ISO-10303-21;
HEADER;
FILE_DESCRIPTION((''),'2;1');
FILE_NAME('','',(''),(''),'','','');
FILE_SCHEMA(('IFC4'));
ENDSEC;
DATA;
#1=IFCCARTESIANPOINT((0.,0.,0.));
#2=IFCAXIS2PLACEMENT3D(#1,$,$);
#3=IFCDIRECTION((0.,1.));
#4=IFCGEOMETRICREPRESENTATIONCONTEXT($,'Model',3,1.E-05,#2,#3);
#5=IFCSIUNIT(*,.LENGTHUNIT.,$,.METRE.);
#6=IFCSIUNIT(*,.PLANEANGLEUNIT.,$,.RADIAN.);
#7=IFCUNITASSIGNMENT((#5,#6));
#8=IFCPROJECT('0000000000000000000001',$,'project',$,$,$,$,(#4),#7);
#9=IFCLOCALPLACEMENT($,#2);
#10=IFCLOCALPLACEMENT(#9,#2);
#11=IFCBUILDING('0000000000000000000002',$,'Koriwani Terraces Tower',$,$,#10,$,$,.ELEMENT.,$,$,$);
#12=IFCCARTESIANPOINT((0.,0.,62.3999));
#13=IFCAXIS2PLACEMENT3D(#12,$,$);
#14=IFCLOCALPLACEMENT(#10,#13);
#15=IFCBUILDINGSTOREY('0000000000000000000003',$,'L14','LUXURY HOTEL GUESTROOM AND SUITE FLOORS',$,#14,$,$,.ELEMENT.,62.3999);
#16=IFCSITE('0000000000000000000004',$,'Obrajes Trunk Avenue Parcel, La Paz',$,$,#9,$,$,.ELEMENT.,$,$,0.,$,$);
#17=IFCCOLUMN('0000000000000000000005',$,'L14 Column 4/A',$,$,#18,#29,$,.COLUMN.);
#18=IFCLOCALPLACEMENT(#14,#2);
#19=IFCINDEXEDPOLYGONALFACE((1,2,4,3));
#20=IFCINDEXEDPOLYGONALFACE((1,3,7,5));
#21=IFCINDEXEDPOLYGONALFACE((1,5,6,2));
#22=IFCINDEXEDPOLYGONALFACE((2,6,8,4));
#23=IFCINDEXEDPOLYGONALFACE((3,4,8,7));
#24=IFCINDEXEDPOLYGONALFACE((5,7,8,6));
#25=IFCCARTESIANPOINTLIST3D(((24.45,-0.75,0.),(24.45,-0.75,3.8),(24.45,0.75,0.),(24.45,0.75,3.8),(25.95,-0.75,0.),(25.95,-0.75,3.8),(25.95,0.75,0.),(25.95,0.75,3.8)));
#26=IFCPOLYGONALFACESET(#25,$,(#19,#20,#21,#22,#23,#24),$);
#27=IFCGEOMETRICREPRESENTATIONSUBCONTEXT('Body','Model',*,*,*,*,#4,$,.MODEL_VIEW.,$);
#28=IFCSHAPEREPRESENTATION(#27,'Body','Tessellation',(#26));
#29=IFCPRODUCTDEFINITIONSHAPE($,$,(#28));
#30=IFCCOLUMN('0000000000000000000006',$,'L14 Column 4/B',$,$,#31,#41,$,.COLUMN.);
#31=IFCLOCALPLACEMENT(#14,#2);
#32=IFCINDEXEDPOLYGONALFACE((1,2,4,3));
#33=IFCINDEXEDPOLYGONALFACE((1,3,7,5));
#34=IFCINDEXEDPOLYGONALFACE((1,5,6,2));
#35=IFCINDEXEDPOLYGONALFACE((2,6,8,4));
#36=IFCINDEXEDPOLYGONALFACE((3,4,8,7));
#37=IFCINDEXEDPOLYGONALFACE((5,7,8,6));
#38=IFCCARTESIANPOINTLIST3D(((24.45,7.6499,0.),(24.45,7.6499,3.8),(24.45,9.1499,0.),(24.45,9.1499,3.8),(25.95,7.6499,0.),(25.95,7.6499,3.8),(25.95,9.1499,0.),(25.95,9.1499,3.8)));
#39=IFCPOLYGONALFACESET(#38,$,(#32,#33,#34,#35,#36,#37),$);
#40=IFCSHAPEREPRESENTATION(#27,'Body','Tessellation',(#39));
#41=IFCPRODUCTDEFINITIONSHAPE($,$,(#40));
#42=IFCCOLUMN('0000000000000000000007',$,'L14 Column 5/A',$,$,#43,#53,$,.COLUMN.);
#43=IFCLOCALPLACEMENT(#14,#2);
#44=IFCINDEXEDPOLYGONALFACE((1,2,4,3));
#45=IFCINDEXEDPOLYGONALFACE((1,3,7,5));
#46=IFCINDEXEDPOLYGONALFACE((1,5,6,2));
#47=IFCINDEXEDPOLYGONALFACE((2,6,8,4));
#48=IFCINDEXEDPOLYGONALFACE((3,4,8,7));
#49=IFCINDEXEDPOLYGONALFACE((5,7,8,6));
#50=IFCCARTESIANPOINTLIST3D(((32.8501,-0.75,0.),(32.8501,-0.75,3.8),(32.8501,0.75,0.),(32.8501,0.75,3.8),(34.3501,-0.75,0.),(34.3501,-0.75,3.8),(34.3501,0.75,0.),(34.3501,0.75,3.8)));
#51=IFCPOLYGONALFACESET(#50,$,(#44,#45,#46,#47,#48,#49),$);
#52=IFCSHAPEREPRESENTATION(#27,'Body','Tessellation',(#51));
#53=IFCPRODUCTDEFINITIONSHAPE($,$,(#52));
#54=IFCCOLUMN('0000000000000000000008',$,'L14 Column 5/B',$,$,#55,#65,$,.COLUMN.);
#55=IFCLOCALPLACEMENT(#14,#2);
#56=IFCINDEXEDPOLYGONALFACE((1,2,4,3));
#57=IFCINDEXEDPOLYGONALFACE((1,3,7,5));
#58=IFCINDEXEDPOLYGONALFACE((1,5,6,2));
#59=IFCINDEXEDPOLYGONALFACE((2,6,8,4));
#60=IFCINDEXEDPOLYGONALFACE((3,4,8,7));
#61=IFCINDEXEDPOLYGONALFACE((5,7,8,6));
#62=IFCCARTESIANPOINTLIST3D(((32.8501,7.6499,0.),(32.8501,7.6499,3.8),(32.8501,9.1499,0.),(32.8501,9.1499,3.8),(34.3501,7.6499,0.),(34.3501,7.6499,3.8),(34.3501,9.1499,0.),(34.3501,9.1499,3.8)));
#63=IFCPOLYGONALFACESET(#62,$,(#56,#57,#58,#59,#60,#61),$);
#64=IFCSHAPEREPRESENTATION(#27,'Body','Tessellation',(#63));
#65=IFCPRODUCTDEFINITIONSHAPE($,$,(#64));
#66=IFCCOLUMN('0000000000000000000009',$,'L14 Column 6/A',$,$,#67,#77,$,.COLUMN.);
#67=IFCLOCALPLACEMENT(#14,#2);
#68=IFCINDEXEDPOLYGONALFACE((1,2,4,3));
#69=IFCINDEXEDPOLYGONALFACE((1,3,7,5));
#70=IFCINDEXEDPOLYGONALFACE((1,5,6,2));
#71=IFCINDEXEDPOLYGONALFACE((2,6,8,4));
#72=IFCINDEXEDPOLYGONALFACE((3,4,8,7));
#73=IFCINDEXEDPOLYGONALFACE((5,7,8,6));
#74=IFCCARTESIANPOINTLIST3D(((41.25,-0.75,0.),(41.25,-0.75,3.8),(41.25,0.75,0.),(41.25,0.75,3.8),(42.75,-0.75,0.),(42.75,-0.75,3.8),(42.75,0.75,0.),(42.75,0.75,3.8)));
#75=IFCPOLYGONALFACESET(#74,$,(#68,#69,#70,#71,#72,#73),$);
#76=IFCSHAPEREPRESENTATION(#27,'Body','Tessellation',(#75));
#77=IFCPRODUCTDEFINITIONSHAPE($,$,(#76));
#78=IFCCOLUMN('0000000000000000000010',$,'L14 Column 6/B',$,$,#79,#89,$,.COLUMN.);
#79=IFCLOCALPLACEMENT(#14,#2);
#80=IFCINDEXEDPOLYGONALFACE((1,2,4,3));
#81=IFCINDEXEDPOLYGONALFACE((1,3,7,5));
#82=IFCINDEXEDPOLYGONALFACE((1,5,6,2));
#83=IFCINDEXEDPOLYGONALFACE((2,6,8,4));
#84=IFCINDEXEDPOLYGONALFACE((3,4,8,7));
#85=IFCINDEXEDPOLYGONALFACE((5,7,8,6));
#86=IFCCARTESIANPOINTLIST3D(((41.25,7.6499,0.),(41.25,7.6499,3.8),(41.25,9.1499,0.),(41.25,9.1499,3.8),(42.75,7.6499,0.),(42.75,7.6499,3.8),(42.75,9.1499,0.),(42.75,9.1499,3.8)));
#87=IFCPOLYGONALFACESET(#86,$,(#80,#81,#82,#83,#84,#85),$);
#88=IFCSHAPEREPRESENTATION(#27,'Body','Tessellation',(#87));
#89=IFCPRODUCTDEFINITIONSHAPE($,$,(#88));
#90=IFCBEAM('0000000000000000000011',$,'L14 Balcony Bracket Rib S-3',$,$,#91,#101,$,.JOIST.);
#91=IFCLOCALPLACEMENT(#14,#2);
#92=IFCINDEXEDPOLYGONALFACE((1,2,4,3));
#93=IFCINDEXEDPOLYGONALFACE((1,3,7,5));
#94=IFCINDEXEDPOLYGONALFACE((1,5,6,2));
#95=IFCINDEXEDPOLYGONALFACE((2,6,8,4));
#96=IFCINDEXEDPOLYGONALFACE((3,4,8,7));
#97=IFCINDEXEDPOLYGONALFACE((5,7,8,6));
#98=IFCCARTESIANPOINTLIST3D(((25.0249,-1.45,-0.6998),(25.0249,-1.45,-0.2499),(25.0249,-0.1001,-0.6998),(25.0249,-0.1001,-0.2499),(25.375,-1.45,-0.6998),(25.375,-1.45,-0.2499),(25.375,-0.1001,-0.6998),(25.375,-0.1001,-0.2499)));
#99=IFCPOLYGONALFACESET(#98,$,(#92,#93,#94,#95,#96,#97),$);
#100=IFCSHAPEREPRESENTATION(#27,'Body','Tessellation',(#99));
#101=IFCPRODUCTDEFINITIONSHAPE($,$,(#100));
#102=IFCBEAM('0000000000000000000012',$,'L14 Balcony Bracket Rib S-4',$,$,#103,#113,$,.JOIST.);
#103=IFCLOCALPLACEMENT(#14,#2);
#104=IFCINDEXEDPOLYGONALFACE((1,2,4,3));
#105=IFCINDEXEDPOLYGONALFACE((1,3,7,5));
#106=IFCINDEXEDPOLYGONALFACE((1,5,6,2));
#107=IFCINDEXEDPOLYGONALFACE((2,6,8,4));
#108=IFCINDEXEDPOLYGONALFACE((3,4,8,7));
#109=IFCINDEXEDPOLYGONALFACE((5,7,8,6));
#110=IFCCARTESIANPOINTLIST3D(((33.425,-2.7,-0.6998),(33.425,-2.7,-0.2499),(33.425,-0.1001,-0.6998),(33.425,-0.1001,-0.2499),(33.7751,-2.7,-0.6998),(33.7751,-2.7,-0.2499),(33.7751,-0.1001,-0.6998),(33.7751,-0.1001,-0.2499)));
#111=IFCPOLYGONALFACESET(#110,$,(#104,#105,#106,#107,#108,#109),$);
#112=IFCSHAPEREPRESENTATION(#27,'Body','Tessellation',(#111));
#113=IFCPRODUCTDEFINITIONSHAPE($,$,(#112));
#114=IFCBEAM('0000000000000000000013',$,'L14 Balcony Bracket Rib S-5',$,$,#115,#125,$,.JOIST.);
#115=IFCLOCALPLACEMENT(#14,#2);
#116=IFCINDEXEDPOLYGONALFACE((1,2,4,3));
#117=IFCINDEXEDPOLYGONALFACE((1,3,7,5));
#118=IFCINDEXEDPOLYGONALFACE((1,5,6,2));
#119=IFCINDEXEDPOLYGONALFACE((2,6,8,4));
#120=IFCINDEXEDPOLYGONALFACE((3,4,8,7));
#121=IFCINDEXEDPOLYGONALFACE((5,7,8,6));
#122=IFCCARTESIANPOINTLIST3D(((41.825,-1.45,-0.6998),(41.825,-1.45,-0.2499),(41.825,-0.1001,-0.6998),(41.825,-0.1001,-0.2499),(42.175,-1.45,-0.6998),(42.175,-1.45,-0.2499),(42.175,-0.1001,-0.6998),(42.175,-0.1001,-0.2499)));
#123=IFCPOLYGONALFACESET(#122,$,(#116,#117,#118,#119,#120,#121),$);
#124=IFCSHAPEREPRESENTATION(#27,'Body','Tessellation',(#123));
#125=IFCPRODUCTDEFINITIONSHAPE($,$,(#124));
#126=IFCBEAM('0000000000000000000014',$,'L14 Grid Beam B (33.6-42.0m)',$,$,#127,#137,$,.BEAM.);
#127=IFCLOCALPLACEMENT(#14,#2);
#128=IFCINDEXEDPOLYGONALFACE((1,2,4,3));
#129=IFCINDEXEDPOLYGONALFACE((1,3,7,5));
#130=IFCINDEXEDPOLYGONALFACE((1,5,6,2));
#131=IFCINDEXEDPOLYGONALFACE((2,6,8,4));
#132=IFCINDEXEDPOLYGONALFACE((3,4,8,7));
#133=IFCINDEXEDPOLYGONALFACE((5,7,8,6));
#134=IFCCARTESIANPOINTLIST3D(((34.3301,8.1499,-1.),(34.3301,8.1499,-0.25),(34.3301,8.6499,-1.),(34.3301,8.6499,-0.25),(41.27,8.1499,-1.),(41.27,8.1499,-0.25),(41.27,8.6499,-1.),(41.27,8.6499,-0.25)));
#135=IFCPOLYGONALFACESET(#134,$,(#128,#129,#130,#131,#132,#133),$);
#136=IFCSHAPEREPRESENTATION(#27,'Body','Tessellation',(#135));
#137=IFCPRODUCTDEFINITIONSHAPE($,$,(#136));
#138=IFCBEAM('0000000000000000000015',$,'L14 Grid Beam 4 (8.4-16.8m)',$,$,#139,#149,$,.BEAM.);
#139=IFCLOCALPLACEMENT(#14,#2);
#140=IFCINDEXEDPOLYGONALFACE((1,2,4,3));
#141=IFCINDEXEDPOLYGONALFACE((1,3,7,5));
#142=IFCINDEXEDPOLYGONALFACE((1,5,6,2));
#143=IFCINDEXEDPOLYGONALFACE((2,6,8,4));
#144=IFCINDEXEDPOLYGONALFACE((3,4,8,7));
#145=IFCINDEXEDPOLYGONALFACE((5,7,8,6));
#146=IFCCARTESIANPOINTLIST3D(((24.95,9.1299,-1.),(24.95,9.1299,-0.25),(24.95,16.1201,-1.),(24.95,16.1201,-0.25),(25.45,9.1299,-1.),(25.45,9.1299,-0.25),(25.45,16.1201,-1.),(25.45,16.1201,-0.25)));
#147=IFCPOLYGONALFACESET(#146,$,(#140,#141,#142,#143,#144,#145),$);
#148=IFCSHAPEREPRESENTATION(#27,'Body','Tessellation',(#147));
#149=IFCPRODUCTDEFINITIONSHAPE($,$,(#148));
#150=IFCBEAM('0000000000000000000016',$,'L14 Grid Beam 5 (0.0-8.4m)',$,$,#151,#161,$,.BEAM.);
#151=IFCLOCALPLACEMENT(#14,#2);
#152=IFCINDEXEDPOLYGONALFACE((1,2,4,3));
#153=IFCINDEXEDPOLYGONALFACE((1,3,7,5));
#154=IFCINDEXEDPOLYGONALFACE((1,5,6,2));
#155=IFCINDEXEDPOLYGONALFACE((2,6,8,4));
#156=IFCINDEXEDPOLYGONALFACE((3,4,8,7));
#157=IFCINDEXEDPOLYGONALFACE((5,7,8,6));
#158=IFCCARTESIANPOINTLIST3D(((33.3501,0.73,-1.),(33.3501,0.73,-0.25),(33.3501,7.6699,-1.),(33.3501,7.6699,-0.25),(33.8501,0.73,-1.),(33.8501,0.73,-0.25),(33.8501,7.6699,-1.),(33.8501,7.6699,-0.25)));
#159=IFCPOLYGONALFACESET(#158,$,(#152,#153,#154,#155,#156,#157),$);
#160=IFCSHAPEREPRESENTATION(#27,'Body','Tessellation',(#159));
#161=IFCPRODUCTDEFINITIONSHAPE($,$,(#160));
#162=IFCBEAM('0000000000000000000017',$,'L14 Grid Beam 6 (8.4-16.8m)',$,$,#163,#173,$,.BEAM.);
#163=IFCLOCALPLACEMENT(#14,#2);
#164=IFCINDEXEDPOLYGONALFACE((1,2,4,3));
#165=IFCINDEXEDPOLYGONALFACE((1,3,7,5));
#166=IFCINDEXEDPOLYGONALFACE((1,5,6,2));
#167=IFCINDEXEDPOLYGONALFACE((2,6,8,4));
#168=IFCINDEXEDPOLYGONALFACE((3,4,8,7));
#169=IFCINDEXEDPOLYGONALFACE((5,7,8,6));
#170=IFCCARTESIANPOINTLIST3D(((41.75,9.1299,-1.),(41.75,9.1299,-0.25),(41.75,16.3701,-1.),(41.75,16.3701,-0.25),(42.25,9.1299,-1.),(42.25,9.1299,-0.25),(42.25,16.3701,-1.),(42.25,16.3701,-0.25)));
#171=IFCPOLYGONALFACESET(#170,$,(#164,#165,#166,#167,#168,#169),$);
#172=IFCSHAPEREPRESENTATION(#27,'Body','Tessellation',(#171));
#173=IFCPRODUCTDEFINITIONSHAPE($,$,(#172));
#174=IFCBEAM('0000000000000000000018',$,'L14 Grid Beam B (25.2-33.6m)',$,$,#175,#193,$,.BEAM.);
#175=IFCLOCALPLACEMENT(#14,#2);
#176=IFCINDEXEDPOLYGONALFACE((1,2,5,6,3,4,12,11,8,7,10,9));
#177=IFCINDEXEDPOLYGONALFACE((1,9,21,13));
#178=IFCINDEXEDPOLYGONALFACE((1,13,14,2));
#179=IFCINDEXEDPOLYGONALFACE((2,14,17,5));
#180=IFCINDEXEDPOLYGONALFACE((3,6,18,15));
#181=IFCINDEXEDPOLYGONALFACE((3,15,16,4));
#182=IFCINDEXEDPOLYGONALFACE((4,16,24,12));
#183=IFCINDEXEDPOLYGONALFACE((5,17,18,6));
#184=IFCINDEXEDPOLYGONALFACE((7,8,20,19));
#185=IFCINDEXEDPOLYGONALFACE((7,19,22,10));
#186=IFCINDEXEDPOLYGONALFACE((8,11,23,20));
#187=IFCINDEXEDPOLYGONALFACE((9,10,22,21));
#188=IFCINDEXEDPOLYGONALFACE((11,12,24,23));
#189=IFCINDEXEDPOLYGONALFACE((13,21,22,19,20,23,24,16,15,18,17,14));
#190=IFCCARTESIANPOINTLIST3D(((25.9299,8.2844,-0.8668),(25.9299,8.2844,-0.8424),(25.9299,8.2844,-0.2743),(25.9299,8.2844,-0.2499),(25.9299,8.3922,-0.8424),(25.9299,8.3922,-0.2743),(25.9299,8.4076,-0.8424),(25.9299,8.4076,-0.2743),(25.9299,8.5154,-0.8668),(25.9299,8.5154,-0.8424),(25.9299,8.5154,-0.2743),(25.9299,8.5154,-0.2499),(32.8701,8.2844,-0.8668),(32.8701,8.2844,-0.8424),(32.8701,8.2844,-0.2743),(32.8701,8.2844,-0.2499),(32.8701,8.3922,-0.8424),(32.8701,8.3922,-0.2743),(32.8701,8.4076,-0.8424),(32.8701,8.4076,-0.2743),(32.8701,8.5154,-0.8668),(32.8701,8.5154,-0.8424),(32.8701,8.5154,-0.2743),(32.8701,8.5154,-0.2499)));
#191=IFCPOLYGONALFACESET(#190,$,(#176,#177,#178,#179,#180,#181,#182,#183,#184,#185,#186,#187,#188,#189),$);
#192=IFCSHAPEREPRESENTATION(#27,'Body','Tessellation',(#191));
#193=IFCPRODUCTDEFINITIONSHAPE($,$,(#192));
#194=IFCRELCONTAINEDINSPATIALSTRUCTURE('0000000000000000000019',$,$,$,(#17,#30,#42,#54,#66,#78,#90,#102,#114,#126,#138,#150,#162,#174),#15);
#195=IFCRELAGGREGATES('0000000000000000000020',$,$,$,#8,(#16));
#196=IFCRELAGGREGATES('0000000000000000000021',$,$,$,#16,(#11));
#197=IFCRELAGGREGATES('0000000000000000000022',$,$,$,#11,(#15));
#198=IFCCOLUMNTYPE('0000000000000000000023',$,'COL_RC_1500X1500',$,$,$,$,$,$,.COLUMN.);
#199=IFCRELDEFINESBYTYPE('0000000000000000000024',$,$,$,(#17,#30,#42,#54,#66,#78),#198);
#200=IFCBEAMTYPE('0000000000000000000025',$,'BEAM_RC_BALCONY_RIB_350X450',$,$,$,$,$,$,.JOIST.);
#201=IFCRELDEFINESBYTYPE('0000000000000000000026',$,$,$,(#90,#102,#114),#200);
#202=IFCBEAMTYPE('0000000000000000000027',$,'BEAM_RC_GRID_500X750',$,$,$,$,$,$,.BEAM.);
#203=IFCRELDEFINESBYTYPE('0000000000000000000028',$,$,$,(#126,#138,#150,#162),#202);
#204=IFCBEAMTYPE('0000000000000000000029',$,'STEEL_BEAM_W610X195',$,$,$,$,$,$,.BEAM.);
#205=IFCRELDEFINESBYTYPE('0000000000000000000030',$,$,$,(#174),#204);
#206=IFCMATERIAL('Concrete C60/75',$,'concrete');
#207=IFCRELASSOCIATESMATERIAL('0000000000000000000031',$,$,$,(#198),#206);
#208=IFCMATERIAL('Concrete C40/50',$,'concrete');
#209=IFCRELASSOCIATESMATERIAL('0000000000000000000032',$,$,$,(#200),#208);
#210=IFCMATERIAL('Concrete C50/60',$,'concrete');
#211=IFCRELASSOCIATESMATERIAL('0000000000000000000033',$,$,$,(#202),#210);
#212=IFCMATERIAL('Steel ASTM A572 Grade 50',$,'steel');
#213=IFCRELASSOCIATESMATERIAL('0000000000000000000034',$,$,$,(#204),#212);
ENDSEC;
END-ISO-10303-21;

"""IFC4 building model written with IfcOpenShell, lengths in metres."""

from ifc_helpers import new_model, si_unit, direction, frame, origin, origin_2d, place, context, subcontext, project, spatial, rectangle, i_section, extrude, material, material_profile, profile_set, type_object, element, save


model = new_model("IFC4")

# Units and contexts
model_context = context("Model", 3, precision=1e-05, world=origin(), true_north=direction((0.0, 1.0)))
body_context = subcontext(model_context, "Body", "Model", "MODEL_VIEW")
ifc_project = project(units=[si_unit("LENGTHUNIT", "METRE"), si_unit("PLANEANGLEUNIT", "RADIAN")], contexts=[model_context])

# Site, building, storey
site_placement = place(None, origin())
site = spatial("IfcSite", under=ifc_project, at=site_placement, Name="Obrajes Trunk Avenue Parcel, La Paz", CompositionType="ELEMENT", RefElevation=0.0)
building_placement = place(site_placement, origin())
building = spatial("IfcBuilding", under=site, at=building_placement, Name="Koriwani Terraces Tower", CompositionType="ELEMENT")
storey_placement = place(building_placement, frame((0.0, 0.0, 62.3999)))
storey = spatial("IfcBuildingStorey", under=building, at=storey_placement, Name="L14", Description="LUXURY HOTEL GUESTROOM AND SUITE FLOORS", CompositionType="ELEMENT", Elevation=62.3999)

# Columns
ifc_material_1 = material(Name="Concrete C60/75", Category="concrete")
ifc_material_profile_1 = material_profile(ifc_material_1, rectangle(XDim=1.5, YDim=1.5, at=origin_2d()), Name="Concrete C60/75", Category="LoadBearing")
ifc_profile_set_1 = profile_set([ifc_material_profile_1], Name="Concrete C60/75")
column_type = type_object("IfcColumnType", Name="COL_RC_1500X1500", PredefinedType="COLUMN", material=ifc_profile_set_1)
for number, where, z_axis, x_axis, name in (
    (1, (25.2, 0.0, 0.0), (0.0, 0.0, 1.0), (1.0, 0.0, 0.0), "L14 Column 4/A"),
    (2, (25.2, 8.3999, 0.0), (0.0, 0.0, 1.0), (1.0, 0.0, 0.0), "L14 Column 4/B"),
    (3, (33.6001, 0.0, 0.0), (0.0, 0.0, 1.0), (1.0, 0.0, 0.0), "L14 Column 5/A"),
    (4, (33.6001, 8.3999, 0.0), (0.0, 0.0, 1.0), (1.0, 0.0, 0.0), "L14 Column 5/B"),
    (5, (42.0, 0.0, 0.0), (0.0, 0.0, 1.0), (1.0, 0.0, 0.0), "L14 Column 6/A"),
    (6, (42.0, 8.3999, 0.0), (0.0, 0.0, 1.0), (1.0, 0.0, 0.0), "L14 Column 6/B"),
):
    element("IfcColumn", number, at=place(storey_placement, frame(where, z_axis=z_axis, x_axis=x_axis)), inside=storey, type_object=column_type, Name=name, PredefinedType="COLUMN", context=body_context, shape_type="SweptSolid", body=[
        extrude(rectangle(XDim=1.5, YDim=1.5, at=origin_2d()), origin(), (0.0, 0.0, 1.0), 3.8),
    ])

# Beams
ifc_material_2 = material(Name="Concrete C40/50", Category="concrete")
ifc_material_profile_2 = material_profile(ifc_material_2, rectangle(XDim=0.3501, YDim=0.45, at=origin_2d()), Name="Concrete C40/50", Category="LoadBearing")
ifc_profile_set_2 = profile_set([ifc_material_profile_2], Name="Concrete C40/50")
beam_type_1 = type_object("IfcBeamType", Name="BEAM_RC_BALCONY_RIB_350X450", PredefinedType="JOIST", material=ifc_profile_set_2)
beam_1_placement = place(storey_placement, frame((25.2, -1.45, -0.4749), z_axis=(0.0, 1.0, 0.0), x_axis=(-1.0, 0.0, 0.0)))
element("IfcBeam", 7, at=beam_1_placement, inside=storey, type_object=beam_type_1, Name="L14 Balcony Bracket Rib S-3", PredefinedType="JOIST", context=body_context, shape_type="SweptSolid", body=[
    extrude(rectangle(XDim=0.3501, YDim=0.45, at=origin_2d()), origin(), (0.0, 0.0, 1.0), 1.3499),
])
beam_2_placement = place(storey_placement, frame((33.6001, -2.7, -0.4749), z_axis=(0.0, 1.0, 0.0), x_axis=(-1.0, 0.0, 0.0)))
element("IfcBeam", 8, at=beam_2_placement, inside=storey, type_object=beam_type_1, Name="L14 Balcony Bracket Rib S-4", PredefinedType="JOIST", context=body_context, shape_type="SweptSolid", body=[
    extrude(rectangle(XDim=0.3501, YDim=0.45, at=origin_2d()), origin(), (0.0, 0.0, 1.0), 2.5999),
])
beam_3_placement = place(storey_placement, frame((42.0, -1.45, -0.4749), z_axis=(0.0, 1.0, 0.0), x_axis=(-1.0, 0.0, 0.0)))
element("IfcBeam", 9, at=beam_3_placement, inside=storey, type_object=beam_type_1, Name="L14 Balcony Bracket Rib S-5", PredefinedType="JOIST", context=body_context, shape_type="SweptSolid", body=[
    extrude(rectangle(XDim=0.3501, YDim=0.45, at=origin_2d()), origin(), (0.0, 0.0, 1.0), 1.3499),
])
ifc_material_3 = material(Name="Concrete C50/60", Category="concrete")
ifc_material_profile_3 = material_profile(ifc_material_3, rectangle(XDim=0.5, YDim=0.75, at=origin_2d()), Name="Concrete C50/60", Category="LoadBearing")
ifc_profile_set_3 = profile_set([ifc_material_profile_3], Name="Concrete C50/60")
beam_type_2 = type_object("IfcBeamType", Name="BEAM_RC_GRID_500X750", PredefinedType="BEAM", material=ifc_profile_set_3)
beam_4_placement = place(storey_placement, frame((34.3301, 8.3999, -0.625), z_axis=(1.0, 0.0, 0.0), x_axis=(0.0, 1.0, 0.0)))
element("IfcBeam", 10, at=beam_4_placement, inside=storey, type_object=beam_type_2, Name="L14 Grid Beam B (33.6-42.0m)", PredefinedType="BEAM", context=body_context, shape_type="SweptSolid", body=[
    extrude(rectangle(XDim=0.5, YDim=0.75, at=origin_2d()), origin(), (0.0, 0.0, 1.0), 6.9399),
])
beam_5_placement = place(storey_placement, frame((25.2, 9.1299, -0.625), z_axis=(0.0, 1.0, 0.0), x_axis=(-1.0, 0.0, 0.0)))
element("IfcBeam", 11, at=beam_5_placement, inside=storey, type_object=beam_type_2, Name="L14 Grid Beam 4 (8.4-16.8m)", PredefinedType="BEAM", context=body_context, shape_type="SweptSolid", body=[
    extrude(rectangle(XDim=0.5, YDim=0.75, at=origin_2d()), origin(), (0.0, 0.0, 1.0), 6.9902),
])
beam_6_placement = place(storey_placement, frame((33.6001, 0.73, -0.625), z_axis=(0.0, 1.0, 0.0), x_axis=(-1.0, 0.0, 0.0)))
element("IfcBeam", 12, at=beam_6_placement, inside=storey, type_object=beam_type_2, Name="L14 Grid Beam 5 (0.0-8.4m)", PredefinedType="BEAM", context=body_context, shape_type="SweptSolid", body=[
    extrude(rectangle(XDim=0.5, YDim=0.75, at=origin_2d()), origin(), (0.0, 0.0, 1.0), 6.9399),
])
beam_7_placement = place(storey_placement, frame((42.0, 9.1299, -0.625), z_axis=(0.0, 1.0, 0.0), x_axis=(-1.0, 0.0, 0.0)))
element("IfcBeam", 13, at=beam_7_placement, inside=storey, type_object=beam_type_2, Name="L14 Grid Beam 6 (8.4-16.8m)", PredefinedType="BEAM", context=body_context, shape_type="SweptSolid", body=[
    extrude(rectangle(XDim=0.5, YDim=0.75, at=origin_2d()), origin(), (0.0, 0.0, 1.0), 7.2402),
])
ifc_material_4 = material(Name="Steel ASTM A572 Grade 50", Category="steel")
ifc_material_profile_4 = material_profile(ifc_material_4, i_section(OverallWidth=0.231, OverallDepth=0.6169, WebThickness=0.0154, FlangeThickness=0.0244, at=origin_2d()), Name="Steel ASTM A572 Grade 50", Category="LoadBearing")
ifc_profile_set_4 = profile_set([ifc_material_profile_4], Name="Steel ASTM A572 Grade 50")
beam_type_3 = type_object("IfcBeamType", Name="STEEL_BEAM_W610X195", PredefinedType="BEAM", material=ifc_profile_set_4)
beam_8_placement = place(storey_placement, frame((25.9299, 8.3999, -0.5583), z_axis=(1.0, 0.0, 0.0), x_axis=(0.0, 1.0, 0.0)))
element("IfcBeam", 14, at=beam_8_placement, inside=storey, type_object=beam_type_3, Name="L14 Grid Beam B (25.2-33.6m)", PredefinedType="BEAM", context=body_context, shape_type="SweptSolid", body=[
    extrude(i_section(OverallWidth=0.231, OverallDepth=0.6169, WebThickness=0.0154, FlangeThickness=0.0244, at=origin_2d()), origin(), (0.0, 0.0, 1.0), 6.9402),
])

save(model, "model.ifc")
